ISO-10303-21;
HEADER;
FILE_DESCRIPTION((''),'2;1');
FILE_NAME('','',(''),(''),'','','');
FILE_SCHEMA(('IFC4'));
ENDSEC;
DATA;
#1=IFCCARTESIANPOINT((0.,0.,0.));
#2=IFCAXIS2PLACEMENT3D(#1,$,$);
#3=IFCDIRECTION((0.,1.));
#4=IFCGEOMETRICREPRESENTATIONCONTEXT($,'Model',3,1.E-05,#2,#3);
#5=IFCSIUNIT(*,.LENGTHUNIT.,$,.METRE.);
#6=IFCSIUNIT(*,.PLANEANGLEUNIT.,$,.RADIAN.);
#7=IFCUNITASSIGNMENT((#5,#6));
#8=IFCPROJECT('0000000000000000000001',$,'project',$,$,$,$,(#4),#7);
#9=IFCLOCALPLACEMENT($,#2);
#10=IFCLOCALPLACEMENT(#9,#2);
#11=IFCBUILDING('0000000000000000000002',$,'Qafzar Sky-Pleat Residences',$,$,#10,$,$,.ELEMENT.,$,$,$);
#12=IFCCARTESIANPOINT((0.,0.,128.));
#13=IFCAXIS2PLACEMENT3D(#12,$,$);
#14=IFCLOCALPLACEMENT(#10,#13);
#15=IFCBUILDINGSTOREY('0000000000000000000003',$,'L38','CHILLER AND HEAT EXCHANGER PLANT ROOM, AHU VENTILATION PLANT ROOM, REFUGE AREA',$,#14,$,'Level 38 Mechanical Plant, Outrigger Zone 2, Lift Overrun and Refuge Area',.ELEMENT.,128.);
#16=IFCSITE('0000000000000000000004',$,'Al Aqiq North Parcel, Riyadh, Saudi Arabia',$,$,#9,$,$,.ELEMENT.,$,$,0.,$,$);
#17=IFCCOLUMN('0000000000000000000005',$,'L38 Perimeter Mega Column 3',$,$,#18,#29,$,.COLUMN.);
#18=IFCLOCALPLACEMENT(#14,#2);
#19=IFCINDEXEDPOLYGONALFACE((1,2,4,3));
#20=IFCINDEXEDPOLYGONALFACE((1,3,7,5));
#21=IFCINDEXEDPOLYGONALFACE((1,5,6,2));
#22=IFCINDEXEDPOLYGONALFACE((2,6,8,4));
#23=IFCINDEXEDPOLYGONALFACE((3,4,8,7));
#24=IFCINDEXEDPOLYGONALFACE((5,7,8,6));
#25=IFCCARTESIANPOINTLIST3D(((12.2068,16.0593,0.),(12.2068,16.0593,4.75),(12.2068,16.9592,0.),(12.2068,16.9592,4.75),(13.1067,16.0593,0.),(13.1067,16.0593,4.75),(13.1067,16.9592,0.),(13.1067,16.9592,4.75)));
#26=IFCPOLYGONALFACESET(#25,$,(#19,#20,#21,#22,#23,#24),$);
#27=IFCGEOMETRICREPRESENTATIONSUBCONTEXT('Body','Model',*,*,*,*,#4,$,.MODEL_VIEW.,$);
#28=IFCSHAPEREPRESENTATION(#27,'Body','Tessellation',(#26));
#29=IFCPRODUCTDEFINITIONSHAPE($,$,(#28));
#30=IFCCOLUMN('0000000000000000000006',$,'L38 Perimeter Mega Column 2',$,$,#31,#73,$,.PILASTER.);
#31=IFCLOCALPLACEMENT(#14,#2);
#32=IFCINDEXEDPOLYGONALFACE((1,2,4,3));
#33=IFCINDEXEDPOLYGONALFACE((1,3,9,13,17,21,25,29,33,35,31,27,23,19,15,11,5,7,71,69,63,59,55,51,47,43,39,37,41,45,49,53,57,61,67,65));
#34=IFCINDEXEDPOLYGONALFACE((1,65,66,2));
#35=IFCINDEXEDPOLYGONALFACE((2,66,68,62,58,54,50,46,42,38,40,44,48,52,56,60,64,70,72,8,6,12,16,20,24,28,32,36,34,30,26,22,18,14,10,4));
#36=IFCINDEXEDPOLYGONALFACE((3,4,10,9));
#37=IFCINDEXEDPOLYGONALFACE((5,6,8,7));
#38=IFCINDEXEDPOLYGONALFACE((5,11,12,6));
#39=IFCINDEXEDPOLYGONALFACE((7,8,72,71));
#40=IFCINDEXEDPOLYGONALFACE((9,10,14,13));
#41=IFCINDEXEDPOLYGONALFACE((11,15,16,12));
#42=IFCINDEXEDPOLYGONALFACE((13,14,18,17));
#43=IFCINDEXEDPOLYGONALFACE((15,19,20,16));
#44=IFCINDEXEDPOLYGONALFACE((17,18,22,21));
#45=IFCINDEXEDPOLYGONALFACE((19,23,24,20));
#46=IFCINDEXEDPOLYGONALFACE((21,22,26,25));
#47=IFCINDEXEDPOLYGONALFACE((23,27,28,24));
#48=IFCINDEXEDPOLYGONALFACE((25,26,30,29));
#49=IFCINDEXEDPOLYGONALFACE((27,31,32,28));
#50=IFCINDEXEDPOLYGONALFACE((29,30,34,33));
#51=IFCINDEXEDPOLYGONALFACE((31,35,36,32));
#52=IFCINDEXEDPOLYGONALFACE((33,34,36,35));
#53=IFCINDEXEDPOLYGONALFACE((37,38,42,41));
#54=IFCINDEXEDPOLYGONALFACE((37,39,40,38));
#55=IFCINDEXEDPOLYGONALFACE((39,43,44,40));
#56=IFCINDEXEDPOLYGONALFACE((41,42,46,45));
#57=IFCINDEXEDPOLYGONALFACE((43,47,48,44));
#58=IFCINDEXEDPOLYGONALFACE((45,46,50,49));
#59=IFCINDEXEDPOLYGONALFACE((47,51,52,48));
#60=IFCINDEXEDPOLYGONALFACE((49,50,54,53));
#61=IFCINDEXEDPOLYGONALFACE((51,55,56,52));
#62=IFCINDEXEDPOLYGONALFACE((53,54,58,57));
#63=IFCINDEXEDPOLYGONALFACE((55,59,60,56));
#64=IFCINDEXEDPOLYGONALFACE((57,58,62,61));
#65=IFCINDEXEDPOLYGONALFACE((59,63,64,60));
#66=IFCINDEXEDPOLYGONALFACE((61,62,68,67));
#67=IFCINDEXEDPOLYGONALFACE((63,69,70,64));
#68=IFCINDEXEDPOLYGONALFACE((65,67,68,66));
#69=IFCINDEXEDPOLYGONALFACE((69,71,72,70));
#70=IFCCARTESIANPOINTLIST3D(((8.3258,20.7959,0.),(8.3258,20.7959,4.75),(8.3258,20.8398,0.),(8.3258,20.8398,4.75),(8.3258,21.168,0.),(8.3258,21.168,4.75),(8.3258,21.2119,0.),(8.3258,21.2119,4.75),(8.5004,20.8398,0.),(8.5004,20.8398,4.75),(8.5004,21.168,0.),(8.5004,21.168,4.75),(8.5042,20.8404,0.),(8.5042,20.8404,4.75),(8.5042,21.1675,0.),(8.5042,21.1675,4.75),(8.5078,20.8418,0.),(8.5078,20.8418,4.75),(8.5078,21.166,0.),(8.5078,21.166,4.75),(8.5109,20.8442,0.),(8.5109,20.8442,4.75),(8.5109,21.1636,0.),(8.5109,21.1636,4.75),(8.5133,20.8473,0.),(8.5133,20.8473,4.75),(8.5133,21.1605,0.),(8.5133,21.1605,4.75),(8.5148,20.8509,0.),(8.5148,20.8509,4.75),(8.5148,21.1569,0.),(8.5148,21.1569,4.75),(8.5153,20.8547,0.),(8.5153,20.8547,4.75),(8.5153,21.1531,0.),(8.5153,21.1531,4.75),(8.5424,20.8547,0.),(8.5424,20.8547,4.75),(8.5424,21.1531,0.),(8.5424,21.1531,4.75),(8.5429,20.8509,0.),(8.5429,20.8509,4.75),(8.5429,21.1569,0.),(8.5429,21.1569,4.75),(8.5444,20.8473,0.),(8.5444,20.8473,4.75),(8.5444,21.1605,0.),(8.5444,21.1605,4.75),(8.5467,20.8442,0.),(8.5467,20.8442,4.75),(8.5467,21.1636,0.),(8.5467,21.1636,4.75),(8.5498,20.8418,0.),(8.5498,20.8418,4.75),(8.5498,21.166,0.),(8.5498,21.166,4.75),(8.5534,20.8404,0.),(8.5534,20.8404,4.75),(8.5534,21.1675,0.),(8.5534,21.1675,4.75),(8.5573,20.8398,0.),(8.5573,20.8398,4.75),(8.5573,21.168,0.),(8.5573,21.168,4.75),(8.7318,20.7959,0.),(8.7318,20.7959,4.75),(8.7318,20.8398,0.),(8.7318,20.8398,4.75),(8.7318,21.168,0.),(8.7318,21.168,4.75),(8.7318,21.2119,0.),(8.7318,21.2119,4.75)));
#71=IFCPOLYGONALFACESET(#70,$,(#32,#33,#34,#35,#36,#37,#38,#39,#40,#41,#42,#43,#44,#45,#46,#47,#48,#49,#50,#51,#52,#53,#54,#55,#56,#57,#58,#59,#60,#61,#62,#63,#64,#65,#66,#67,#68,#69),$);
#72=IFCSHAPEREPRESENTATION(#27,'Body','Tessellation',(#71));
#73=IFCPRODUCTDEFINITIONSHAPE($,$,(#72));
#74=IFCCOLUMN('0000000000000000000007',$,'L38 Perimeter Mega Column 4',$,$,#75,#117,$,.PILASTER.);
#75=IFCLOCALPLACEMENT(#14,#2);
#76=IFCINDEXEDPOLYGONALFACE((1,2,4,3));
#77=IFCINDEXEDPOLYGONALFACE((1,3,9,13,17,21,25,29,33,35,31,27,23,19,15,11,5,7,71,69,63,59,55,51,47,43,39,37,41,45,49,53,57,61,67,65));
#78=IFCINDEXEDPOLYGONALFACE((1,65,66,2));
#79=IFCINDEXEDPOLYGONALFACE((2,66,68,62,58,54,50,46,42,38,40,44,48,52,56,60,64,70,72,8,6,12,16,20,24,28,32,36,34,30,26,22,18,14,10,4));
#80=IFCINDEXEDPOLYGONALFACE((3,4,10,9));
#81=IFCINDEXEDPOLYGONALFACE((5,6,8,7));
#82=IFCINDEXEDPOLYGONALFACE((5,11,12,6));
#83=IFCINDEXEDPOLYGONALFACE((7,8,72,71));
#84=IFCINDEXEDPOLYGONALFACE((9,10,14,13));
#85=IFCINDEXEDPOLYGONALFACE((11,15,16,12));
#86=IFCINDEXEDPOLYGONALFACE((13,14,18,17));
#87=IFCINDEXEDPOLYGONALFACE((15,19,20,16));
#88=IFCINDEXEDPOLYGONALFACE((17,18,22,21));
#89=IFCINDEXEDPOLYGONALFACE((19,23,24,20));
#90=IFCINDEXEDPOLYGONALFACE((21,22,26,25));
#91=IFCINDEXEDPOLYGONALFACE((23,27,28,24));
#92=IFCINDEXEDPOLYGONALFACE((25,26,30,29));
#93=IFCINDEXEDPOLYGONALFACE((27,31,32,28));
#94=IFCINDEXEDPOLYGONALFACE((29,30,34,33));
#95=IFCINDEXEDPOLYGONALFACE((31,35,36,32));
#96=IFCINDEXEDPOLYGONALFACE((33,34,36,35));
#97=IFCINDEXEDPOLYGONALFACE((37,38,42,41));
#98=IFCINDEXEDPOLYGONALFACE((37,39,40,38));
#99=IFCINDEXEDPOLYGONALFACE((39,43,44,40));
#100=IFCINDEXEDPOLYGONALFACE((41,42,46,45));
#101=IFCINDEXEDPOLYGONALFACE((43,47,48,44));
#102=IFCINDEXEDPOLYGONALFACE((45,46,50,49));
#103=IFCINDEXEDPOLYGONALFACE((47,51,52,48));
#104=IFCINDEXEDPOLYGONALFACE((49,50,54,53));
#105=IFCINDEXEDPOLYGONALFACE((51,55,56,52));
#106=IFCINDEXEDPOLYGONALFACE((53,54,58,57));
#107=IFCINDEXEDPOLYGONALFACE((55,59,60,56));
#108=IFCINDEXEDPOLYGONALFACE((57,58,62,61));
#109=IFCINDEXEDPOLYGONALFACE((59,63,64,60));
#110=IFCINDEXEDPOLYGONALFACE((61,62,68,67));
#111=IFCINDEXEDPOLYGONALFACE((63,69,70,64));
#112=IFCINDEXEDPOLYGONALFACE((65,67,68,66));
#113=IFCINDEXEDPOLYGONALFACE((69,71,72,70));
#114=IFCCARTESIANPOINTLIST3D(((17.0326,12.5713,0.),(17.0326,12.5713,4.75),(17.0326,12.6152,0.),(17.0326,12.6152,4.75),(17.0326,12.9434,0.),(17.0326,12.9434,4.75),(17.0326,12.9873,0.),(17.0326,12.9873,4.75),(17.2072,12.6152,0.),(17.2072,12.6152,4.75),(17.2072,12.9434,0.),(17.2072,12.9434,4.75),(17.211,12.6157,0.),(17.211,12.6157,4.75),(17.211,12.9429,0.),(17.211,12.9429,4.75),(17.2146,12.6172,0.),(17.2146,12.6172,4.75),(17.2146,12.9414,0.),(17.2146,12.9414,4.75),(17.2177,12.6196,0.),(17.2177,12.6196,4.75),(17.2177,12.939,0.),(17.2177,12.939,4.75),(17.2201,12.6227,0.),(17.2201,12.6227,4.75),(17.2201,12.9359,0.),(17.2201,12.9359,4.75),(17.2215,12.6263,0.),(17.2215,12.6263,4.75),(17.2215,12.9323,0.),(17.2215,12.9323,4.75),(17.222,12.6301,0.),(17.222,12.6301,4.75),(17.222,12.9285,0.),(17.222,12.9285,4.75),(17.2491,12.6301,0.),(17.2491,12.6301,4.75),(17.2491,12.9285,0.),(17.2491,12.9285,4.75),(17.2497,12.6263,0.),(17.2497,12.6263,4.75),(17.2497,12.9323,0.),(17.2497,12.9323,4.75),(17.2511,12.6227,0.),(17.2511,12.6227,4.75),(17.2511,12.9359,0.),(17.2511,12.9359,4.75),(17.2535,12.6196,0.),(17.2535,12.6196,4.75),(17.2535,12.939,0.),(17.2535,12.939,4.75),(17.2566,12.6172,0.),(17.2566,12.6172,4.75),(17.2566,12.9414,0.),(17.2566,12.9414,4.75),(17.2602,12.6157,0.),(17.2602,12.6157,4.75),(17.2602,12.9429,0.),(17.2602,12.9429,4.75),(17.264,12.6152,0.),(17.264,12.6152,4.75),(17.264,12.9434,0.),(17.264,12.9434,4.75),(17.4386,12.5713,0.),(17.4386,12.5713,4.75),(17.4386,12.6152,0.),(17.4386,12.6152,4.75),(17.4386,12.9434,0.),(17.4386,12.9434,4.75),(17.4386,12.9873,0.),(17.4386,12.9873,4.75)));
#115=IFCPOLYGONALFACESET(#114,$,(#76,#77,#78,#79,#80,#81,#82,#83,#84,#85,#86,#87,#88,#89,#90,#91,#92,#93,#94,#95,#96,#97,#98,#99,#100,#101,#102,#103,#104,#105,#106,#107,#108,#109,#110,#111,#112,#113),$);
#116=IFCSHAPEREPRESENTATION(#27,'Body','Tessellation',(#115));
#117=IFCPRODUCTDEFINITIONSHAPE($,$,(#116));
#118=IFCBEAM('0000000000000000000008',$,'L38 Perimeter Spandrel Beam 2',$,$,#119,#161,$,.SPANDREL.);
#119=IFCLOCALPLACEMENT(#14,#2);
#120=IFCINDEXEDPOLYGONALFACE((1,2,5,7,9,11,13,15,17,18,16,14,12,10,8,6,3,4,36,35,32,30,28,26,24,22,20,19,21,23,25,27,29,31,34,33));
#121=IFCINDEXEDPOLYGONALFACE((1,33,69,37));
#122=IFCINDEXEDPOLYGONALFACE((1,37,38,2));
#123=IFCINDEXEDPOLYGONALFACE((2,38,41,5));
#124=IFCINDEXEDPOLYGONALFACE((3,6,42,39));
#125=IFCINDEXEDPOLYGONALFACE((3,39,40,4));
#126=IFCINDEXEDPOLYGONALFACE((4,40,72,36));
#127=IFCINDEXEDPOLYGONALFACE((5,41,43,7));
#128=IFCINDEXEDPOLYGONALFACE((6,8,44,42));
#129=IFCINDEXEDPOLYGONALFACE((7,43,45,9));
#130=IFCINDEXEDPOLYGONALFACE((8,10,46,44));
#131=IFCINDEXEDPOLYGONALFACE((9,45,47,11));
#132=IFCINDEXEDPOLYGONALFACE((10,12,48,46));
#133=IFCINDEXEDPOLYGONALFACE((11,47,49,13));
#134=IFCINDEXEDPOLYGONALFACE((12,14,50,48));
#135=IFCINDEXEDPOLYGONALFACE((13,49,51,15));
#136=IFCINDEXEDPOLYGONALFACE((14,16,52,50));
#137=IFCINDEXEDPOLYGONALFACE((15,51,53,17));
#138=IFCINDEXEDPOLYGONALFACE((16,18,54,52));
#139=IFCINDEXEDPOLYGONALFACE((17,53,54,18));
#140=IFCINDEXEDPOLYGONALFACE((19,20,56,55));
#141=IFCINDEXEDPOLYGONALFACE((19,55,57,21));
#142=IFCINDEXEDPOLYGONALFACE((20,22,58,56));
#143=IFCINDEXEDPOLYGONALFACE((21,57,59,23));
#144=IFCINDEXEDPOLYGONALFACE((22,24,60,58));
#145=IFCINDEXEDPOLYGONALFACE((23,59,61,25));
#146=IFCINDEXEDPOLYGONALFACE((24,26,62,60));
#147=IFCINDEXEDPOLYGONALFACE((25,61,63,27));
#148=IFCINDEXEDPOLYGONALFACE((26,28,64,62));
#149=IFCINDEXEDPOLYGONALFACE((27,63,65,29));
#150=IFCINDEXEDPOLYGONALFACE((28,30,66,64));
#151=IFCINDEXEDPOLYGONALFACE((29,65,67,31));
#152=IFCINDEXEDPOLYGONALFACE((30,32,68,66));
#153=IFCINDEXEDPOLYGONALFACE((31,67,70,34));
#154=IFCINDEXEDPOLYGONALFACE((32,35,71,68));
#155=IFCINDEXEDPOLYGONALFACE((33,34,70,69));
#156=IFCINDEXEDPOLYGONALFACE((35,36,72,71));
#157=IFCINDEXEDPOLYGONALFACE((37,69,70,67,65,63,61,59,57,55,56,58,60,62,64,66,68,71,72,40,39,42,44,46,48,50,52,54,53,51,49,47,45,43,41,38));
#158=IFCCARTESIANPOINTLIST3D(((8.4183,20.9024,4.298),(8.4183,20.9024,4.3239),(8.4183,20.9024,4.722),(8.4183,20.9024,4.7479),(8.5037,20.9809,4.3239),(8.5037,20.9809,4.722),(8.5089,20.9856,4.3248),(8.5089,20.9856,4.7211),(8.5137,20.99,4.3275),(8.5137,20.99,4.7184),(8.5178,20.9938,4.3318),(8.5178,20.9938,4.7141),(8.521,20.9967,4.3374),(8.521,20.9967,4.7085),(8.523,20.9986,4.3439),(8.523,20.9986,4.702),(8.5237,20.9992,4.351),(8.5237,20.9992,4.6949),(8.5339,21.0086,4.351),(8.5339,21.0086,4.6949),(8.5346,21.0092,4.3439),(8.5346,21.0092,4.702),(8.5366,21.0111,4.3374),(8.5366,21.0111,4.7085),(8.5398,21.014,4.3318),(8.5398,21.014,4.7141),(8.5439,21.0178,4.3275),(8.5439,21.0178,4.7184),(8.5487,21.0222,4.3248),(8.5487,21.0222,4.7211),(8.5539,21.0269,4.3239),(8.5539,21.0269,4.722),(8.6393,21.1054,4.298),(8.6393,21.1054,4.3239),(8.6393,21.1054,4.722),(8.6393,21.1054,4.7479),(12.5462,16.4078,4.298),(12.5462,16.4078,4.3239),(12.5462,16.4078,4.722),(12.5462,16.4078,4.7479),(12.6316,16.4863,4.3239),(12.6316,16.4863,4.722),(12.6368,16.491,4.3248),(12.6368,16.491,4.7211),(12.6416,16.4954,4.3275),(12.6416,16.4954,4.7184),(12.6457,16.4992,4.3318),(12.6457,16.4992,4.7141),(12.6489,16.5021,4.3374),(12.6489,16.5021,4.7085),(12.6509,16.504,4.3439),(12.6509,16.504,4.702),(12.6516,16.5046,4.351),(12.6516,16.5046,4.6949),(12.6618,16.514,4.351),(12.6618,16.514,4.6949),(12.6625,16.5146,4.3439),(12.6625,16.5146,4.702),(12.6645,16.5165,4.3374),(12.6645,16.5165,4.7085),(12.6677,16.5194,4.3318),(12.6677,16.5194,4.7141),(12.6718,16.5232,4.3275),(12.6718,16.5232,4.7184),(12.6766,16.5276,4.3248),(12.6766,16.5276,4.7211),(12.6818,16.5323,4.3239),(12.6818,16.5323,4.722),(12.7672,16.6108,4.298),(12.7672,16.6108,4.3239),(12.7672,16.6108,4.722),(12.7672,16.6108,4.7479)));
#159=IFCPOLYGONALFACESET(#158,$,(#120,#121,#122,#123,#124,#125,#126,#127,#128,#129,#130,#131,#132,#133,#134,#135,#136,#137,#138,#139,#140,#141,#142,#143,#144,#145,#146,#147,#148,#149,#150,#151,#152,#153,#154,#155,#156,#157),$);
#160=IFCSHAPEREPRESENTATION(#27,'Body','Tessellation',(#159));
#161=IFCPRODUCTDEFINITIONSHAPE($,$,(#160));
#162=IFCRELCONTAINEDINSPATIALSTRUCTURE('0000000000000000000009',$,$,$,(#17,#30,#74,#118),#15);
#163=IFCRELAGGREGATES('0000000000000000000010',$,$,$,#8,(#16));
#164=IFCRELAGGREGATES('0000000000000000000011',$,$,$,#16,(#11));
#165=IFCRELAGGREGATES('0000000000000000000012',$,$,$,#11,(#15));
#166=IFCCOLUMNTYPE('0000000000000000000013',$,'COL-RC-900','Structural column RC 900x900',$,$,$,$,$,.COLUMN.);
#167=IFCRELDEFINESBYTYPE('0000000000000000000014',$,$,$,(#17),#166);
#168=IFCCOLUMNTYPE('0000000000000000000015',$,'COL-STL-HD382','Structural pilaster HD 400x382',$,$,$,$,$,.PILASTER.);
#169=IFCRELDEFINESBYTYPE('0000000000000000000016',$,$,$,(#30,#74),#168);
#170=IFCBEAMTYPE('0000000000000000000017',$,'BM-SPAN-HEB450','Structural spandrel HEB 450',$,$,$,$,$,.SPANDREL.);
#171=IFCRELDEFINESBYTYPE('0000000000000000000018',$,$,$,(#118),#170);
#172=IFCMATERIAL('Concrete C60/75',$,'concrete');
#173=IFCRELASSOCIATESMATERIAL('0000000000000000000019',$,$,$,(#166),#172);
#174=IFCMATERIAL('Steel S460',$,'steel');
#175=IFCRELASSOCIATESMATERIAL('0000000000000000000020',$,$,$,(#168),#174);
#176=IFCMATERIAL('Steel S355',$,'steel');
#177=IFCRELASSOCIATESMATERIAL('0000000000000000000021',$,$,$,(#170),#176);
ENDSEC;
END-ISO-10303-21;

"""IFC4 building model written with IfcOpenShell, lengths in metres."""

from ifc_helpers import new_model, si_unit, direction, frame, origin, origin_2d, place, context, subcontext, project, spatial, rectangle, i_section, extrude, source, transform, mapped, material, material_profile, profile_set, type_object, element, save


model = new_model("IFC4")

# Units and contexts
model_context = context("Model", 3, precision=1e-05, world=origin(), true_north=direction((0.0, 1.0)))
body_context = subcontext(model_context, "Body", "Model", "MODEL_VIEW")
ifc_project = project(units=[si_unit("LENGTHUNIT", "METRE"), si_unit("PLANEANGLEUNIT", "RADIAN")], contexts=[model_context])

# Site, building, storey
site_placement = place(None, origin())
site = spatial("IfcSite", under=ifc_project, at=site_placement, Name="Al Aqiq North Parcel, Riyadh, Saudi Arabia", CompositionType="ELEMENT", RefElevation=0.0)
building_placement = place(site_placement, origin())
building = spatial("IfcBuilding", under=site, at=building_placement, Name="Qafzar Sky-Pleat Residences", CompositionType="ELEMENT")
storey_placement = place(building_placement, frame((0.0, 0.0, 128.0)))
storey = spatial("IfcBuildingStorey", under=building, at=storey_placement, Name="L38", Description="CHILLER AND HEAT EXCHANGER PLANT ROOM, AHU VENTILATION PLANT ROOM, REFUGE AREA", LongName="Level 38 Mechanical Plant, Outrigger Zone 2, Lift Overrun and Refuge Area", CompositionType="ELEMENT", Elevation=128.0)

# Columns
ifc_material_1 = material(Name="Concrete C60/75", Category="concrete")
ifc_material_profile_1 = material_profile(ifc_material_1, rectangle(XDim=0.8999, YDim=0.8999, at=origin_2d()), Name="RC 900x900")
ifc_profile_set_1 = profile_set([ifc_material_profile_1], Name="Concrete C60/75")
column_type_1 = type_object("IfcColumnType", Name="COL-RC-900", Description="Structural column RC 900x900", PredefinedType="COLUMN", material=ifc_profile_set_1)
shared_shape_1 = source(origin(), body_context, "Body", "SweptSolid", [
    extrude(rectangle(XDim=0.8999, YDim=0.8999, at=origin_2d()), origin(), (0.0, 0.0, 1.0), 4.75),
])
column_placement = place(storey_placement, frame((12.6567, 16.5093, 0.0), z_axis=(0.0, 0.0, 1.0), x_axis=(1.0, 0.0, 0.0)))
element("IfcColumn", 1, at=column_placement, inside=storey, type_object=column_type_1, Name="L38 Perimeter Mega Column 3", PredefinedType="COLUMN", context=body_context, shape_type="MappedRepresentation", body=[
    mapped(shared_shape_1, transform((0.0, 0.0, 0.0), x_axis=(1.0, 0.0, 0.0), y_axis=(0.0, 1.0, 0.0), z_axis=(0.0, 0.0, 1.0), scale=1.0)),
])
ifc_material_2 = material(Name="Steel S460", Category="steel")
ifc_material_profile_2 = material_profile(ifc_material_2, i_section(OverallWidth=0.406, OverallDepth=0.416, WebThickness=0.0271, FlangeThickness=0.0439, FilletRadius=0.0149, at=origin_2d()), Name="HD 400x382")
ifc_profile_set_2 = profile_set([ifc_material_profile_2], Name="Steel S460")
column_type_2 = type_object("IfcColumnType", Name="COL-STL-HD382", Description="Structural pilaster HD 400x382", PredefinedType="PILASTER", material=ifc_profile_set_2)
shared_shape_2 = source(origin(), body_context, "Body", "SweptSolid", [
    extrude(i_section(OverallWidth=0.406, OverallDepth=0.416, WebThickness=0.0271, FlangeThickness=0.0439, FilletRadius=0.0149, at=origin_2d()), origin(), (0.0, 0.0, 1.0), 4.75),
])
for number, where, z_axis, x_axis, name in (
    (2, (8.5288, 21.0039, 0.0), (0.0, 0.0, 1.0), (1.0, 0.0, 0.0), "L38 Perimeter Mega Column 2"),
    (3, (17.2356, 12.7793, 0.0), (0.0, 0.0, 1.0), (1.0, 0.0, 0.0), "L38 Perimeter Mega Column 4"),
):
    element("IfcColumn", number, at=place(storey_placement, frame(where, z_axis=z_axis, x_axis=x_axis)), inside=storey, type_object=column_type_2, Name=name, PredefinedType="PILASTER", context=body_context, shape_type="MappedRepresentation", body=[
        mapped(shared_shape_2, transform((0.0, 0.0, 0.0), x_axis=(1.0, 0.0, 0.0), y_axis=(0.0, 1.0, 0.0), z_axis=(0.0, 0.0, 1.0), scale=1.0)),
    ])

# Beam
ifc_material_3 = material(Name="Steel S355", Category="steel")
ifc_material_profile_3 = material_profile(ifc_material_3, i_section(OverallWidth=0.3, OverallDepth=0.45, WebThickness=0.0139, FlangeThickness=0.0259, FilletRadius=0.0271, at=origin_2d()), Name="HEB 450")
ifc_profile_set_3 = profile_set([ifc_material_profile_3], Name="Steel S355")
beam_type_1 = type_object("IfcBeamType", Name="BM-SPAN-HEB450", Description="Structural spandrel HEB 450", PredefinedType="SPANDREL", material=ifc_profile_set_3)
shared_shape_3 = source(origin(), body_context, "Body", "SweptSolid", [
    extrude(i_section(OverallWidth=0.3, OverallDepth=0.45, WebThickness=0.0139, FlangeThickness=0.0259, FilletRadius=0.0271, at=origin_2d()), origin(), (0.0, 0.0, 1.0), 6.1025),
])
beam_1_placement = place(storey_placement, frame((8.5288, 21.0039, 4.5229), z_axis=(0.676424, -0.736513, 0.0), x_axis=(0.736513, 0.676424, 0.0)))
element("IfcBeam", 4, at=beam_1_placement, inside=storey, type_object=beam_type_1, Name="L38 Perimeter Spandrel Beam 2", PredefinedType="SPANDREL", context=body_context, shape_type="MappedRepresentation", body=[
    mapped(shared_shape_3, transform((0.0, 0.0, 0.0), x_axis=(1.0, 0.0, 0.0), y_axis=(0.0, 1.0, 0.0), z_axis=(0.0, 0.0, 1.0), scale=1.0)),
])

save(model, "model.ifc")
